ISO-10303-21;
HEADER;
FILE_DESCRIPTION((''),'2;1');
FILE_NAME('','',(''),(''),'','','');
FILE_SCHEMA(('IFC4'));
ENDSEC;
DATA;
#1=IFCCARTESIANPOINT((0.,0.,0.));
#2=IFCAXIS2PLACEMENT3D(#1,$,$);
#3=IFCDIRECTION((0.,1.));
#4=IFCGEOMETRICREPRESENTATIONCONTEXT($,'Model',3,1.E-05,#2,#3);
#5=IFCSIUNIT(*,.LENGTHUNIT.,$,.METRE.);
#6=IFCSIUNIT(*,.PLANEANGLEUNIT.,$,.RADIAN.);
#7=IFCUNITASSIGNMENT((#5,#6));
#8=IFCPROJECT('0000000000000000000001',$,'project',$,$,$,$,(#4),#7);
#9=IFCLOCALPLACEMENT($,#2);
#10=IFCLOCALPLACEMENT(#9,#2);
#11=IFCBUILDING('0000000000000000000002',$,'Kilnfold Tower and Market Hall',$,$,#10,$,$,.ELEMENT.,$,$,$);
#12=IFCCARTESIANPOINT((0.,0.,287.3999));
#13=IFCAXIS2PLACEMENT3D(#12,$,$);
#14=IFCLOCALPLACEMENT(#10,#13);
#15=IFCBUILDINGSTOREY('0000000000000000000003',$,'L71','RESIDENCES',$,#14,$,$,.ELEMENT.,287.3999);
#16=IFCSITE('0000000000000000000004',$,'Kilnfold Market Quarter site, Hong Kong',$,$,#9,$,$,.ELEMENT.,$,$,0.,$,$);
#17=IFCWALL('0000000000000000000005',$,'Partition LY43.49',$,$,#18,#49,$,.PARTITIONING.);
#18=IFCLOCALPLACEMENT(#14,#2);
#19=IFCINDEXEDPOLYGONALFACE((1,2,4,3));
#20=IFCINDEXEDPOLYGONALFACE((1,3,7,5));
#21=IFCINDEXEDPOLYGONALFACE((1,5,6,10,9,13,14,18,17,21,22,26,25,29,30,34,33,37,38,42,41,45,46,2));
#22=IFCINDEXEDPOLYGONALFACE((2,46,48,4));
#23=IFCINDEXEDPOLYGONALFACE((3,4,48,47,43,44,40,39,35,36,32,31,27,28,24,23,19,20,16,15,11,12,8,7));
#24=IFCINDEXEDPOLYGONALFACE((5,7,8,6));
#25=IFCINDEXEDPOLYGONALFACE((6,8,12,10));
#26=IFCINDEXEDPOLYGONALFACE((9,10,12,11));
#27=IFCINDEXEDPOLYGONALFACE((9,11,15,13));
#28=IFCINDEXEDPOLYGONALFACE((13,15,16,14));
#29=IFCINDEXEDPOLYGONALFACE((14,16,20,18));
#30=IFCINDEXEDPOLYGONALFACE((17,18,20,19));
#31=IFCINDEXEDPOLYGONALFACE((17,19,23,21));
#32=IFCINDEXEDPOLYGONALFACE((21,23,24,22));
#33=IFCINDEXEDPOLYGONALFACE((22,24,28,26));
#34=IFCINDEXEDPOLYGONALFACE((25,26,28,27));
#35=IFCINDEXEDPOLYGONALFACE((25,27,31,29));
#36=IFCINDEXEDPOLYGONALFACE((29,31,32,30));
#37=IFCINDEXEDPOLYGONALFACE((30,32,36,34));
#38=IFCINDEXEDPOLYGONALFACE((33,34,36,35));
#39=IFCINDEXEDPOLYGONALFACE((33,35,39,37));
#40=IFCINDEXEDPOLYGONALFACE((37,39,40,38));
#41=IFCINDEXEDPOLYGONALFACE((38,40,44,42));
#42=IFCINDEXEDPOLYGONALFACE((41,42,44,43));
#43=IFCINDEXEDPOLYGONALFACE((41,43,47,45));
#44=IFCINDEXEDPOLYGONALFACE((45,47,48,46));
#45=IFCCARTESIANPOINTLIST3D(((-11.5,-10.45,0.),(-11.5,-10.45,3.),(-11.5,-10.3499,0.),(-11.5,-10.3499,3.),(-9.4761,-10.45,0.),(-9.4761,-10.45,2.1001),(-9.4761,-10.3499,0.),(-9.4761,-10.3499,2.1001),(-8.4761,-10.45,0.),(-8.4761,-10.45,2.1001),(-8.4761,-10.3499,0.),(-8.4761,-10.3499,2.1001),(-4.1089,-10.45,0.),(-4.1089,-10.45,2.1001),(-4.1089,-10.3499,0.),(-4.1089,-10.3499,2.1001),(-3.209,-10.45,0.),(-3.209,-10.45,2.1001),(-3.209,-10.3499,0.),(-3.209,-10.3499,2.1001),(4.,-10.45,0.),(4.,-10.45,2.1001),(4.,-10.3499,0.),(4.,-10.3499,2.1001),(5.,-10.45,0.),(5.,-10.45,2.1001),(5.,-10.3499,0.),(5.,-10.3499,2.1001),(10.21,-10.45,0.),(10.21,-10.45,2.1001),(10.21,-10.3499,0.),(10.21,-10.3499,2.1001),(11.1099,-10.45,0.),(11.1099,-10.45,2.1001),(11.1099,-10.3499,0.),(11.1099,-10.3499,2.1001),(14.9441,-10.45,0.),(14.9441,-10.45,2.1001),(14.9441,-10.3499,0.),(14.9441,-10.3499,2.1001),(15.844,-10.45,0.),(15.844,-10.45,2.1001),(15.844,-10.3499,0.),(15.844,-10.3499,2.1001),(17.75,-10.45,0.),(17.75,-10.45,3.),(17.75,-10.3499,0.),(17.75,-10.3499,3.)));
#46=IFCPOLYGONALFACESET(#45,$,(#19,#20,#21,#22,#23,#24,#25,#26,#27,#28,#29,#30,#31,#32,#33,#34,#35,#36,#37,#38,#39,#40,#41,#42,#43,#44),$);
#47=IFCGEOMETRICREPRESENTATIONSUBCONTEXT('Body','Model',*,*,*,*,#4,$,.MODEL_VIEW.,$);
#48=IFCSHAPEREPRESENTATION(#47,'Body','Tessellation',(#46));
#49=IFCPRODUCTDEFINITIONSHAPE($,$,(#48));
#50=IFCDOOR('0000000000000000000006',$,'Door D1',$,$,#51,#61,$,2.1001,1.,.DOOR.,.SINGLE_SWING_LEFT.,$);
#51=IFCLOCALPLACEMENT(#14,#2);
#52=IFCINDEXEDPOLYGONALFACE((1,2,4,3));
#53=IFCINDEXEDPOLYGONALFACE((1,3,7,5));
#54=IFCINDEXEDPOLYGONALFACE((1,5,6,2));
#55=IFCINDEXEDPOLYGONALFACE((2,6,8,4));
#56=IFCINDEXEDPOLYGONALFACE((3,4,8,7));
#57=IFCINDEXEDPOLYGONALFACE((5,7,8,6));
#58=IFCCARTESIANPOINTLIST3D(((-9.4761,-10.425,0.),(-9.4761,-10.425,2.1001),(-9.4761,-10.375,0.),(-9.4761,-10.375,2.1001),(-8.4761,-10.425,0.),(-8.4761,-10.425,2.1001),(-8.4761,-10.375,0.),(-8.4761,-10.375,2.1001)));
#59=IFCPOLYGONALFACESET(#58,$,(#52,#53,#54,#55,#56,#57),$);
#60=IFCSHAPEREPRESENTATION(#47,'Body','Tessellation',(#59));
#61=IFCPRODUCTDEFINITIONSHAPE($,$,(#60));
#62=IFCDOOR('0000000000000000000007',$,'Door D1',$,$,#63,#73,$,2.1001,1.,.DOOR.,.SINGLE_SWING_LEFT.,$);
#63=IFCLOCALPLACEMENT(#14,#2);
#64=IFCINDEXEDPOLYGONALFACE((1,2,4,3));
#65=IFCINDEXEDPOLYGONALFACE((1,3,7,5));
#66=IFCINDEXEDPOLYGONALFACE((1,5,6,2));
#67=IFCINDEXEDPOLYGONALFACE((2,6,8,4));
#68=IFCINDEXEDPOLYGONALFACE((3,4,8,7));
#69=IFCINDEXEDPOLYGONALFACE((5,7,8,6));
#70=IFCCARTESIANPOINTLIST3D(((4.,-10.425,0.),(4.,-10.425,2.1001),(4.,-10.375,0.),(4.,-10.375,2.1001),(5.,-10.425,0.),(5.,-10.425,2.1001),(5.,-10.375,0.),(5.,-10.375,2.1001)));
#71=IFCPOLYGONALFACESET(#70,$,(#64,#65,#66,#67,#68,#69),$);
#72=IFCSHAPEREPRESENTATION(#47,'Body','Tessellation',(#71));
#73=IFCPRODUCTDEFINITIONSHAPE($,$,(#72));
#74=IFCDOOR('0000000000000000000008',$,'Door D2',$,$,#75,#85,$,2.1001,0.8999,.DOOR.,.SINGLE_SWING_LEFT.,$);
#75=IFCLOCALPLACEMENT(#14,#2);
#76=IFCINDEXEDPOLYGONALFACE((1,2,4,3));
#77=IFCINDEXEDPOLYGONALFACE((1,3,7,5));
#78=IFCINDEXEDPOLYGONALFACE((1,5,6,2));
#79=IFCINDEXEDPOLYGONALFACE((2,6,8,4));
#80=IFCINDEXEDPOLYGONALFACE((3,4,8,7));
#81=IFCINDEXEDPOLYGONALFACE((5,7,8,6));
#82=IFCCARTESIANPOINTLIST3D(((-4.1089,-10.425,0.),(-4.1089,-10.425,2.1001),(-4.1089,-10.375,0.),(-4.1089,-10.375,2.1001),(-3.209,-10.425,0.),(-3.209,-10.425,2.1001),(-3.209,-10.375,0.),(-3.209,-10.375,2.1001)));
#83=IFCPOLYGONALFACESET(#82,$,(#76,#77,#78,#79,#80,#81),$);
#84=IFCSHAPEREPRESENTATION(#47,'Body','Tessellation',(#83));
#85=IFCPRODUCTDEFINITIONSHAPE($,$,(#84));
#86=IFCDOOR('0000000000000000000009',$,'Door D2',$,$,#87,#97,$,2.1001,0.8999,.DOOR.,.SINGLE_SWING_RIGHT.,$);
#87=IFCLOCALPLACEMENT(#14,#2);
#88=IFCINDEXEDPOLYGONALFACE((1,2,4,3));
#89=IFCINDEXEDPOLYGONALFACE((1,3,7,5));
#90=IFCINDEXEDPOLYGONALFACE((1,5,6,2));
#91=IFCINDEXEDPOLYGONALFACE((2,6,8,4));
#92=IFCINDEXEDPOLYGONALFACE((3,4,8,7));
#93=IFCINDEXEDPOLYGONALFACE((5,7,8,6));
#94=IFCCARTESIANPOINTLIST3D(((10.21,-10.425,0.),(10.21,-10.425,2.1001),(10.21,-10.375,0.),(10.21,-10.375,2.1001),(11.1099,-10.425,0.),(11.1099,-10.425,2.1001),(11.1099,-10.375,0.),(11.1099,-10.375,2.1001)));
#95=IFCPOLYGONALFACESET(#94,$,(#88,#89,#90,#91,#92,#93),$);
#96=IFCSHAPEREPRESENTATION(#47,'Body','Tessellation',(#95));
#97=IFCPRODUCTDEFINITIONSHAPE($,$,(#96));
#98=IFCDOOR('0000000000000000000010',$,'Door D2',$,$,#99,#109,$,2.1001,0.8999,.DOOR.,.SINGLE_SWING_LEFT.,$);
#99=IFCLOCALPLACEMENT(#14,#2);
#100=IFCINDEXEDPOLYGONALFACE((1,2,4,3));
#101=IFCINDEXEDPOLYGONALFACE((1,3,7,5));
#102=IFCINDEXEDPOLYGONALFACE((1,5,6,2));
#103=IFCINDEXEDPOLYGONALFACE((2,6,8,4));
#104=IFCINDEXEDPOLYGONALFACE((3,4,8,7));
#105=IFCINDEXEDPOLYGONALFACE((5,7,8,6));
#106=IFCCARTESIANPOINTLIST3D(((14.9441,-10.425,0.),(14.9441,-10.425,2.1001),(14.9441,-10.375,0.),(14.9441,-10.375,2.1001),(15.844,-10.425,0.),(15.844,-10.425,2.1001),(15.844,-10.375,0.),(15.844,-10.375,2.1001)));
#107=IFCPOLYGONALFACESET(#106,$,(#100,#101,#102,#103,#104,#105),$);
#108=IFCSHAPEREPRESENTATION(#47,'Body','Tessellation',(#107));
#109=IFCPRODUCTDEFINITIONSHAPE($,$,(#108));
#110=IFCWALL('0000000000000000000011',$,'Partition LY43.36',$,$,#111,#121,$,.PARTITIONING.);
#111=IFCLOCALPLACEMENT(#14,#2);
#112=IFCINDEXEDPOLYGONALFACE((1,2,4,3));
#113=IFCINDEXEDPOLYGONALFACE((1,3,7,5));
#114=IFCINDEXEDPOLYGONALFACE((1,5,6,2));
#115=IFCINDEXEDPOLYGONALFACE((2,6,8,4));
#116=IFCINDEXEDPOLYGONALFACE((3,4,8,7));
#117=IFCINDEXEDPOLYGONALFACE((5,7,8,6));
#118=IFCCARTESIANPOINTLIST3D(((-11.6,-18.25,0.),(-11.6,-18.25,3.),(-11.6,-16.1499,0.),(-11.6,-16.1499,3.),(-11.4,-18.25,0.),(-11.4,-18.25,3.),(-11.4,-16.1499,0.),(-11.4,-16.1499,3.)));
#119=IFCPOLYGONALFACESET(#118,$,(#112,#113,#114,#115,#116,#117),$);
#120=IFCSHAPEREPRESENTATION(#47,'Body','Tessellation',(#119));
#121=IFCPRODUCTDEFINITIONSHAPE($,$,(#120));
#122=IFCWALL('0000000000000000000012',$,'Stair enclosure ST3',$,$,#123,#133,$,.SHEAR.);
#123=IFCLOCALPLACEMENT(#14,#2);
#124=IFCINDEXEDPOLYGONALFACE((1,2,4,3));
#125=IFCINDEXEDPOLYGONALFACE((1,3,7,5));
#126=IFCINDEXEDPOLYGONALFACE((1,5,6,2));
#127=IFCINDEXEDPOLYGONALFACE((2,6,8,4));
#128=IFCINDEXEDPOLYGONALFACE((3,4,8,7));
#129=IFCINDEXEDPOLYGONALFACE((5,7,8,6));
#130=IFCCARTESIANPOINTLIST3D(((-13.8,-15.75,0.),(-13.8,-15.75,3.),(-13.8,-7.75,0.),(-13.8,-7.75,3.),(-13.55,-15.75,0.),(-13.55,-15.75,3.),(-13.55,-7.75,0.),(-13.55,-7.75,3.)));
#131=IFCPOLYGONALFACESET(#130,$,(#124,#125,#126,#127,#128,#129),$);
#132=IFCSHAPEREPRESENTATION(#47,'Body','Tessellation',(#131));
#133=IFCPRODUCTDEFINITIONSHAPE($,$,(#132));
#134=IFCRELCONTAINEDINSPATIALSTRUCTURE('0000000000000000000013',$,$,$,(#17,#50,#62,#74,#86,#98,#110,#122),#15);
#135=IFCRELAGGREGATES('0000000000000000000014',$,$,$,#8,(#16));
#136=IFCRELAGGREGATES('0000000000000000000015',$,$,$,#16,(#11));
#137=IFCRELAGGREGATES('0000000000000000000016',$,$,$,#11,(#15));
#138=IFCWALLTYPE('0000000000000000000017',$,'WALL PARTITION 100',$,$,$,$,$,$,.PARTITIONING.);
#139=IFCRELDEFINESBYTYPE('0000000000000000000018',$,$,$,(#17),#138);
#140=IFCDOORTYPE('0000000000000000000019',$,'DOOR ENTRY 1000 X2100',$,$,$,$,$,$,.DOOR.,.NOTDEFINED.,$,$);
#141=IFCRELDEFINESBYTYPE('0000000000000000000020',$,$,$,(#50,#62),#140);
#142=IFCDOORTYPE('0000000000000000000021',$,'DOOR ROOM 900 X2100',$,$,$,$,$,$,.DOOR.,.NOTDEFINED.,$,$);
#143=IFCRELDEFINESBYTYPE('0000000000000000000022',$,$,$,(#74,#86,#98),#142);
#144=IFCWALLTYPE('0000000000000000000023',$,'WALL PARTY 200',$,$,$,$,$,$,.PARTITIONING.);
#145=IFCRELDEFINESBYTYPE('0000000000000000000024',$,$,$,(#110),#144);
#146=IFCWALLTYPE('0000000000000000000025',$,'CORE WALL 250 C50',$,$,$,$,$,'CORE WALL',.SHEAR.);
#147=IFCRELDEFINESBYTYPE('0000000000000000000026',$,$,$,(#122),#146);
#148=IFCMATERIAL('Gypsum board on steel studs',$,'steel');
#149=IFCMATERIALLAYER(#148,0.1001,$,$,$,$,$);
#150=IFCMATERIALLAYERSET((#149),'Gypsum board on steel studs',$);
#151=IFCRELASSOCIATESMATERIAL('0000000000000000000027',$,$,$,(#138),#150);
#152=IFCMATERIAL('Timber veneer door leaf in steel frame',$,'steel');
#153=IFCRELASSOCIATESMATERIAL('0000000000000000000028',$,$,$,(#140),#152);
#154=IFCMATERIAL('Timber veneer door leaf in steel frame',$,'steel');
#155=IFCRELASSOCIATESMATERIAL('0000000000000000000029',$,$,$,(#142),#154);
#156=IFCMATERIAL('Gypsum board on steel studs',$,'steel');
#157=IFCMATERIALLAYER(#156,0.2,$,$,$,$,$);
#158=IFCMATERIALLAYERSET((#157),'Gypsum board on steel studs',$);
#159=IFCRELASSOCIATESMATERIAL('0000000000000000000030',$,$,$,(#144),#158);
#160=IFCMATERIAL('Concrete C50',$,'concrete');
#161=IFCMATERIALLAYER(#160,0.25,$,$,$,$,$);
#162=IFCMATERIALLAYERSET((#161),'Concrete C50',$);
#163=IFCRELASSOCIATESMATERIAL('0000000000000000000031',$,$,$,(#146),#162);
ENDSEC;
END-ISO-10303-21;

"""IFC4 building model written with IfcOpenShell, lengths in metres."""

from ifc_helpers import new_model, si_unit, direction, frame, frame_2d, origin, place, context, subcontext, project, spatial, rectangle, extrude, source, transform, mapped, material, layer, layer_set, type_object, element, fill, save


model = new_model("IFC4")

# Units and contexts
model_context = context("Model", 3, precision=1e-05, world=origin(), true_north=direction((0.0, 1.0)))
body_context = subcontext(model_context, "Body", "Model", "MODEL_VIEW")
ifc_project = project(units=[si_unit("LENGTHUNIT", "METRE"), si_unit("PLANEANGLEUNIT", "RADIAN")], contexts=[model_context])

# Site, building, storey
site_placement = place(None, origin())
site = spatial("IfcSite", under=ifc_project, at=site_placement, Name="Kilnfold Market Quarter site, Hong Kong", CompositionType="ELEMENT", RefElevation=0.0)
building_placement = place(site_placement, origin())
building = spatial("IfcBuilding", under=site, at=building_placement, Name="Kilnfold Tower and Market Hall", CompositionType="ELEMENT")
storey_placement = place(building_placement, frame((0.0, 0.0, 287.3999)))
storey = spatial("IfcBuildingStorey", under=building, at=storey_placement, Name="L71", Description="RESIDENCES", CompositionType="ELEMENT", Elevation=287.3999)

# Shared definitions
ifc_material_1 = material(Name="Gypsum board on steel studs", Category="steel")
ifc_layer_1 = layer(ifc_material_1, 0.1001)
ifc_layer_set_1 = layer_set([ifc_layer_1], Name="Gypsum board on steel studs")
wall_type_1 = type_object("IfcWallType", Name="WALL PARTITION 100", PredefinedType="PARTITIONING", material=ifc_layer_set_1)
ifc_material_2 = material(Name="Timber veneer door leaf in steel frame", Category="steel")
door_type_1 = type_object("IfcDoorType", Name="DOOR ENTRY 1000 X2100", OperationType="NOTDEFINED", PredefinedType="DOOR", material=ifc_material_2)

# Wall, openings, doors
wall_1_placement = place(storey_placement, frame((-11.5, -10.3999, 0.0), z_axis=(0.0, 0.0, 1.0), x_axis=(1.0, 0.0, 0.0)))
wall_1 = element("IfcWall", 1, at=wall_1_placement, inside=storey, type_object=wall_type_1, Name="Partition LY43.49", PredefinedType="PARTITIONING", context=body_context, shape_type="SweptSolid", body=[
    extrude(rectangle(XDim=29.25, YDim=0.1001, at=frame_2d((14.625, 0.0))), origin(), (0.0, 0.0, 1.0), 3.0),
])
opening_1_placement = place(wall_1_placement, frame((2.0239, 0.0, 0.0)))
opening_1 = element("IfcOpeningElement", 2, at=opening_1_placement, cuts=wall_1, PredefinedType="OPENING", context=body_context, shape_type="SweptSolid", body=[
    extrude(rectangle(XDim=1.0, YDim=2.1001, at=frame_2d((0.5, 1.05))), frame((0.0, 0.0601, 0.0), z_axis=(0.0, -1.0, 0.0), x_axis=(1.0, 0.0, 0.0)), (0.0, 0.0, 1.0), 0.1201),
])
opening_2_placement = place(wall_1_placement, frame((7.3911, 0.0, 0.0)))
opening_2 = element("IfcOpeningElement", 3, at=opening_2_placement, cuts=wall_1, PredefinedType="OPENING", context=body_context, shape_type="SweptSolid", body=[
    extrude(rectangle(XDim=0.8999, YDim=2.1001, at=frame_2d((0.45, 1.05))), frame((0.0, 0.0601, 0.0), z_axis=(0.0, -1.0, 0.0), x_axis=(1.0, 0.0, 0.0)), (0.0, 0.0, 1.0), 0.1201),
])
opening_3_placement = place(wall_1_placement, frame((15.5, 0.0, 0.0)))
opening_3 = element("IfcOpeningElement", 4, at=opening_3_placement, cuts=wall_1, PredefinedType="OPENING", context=body_context, shape_type="SweptSolid", body=[
    extrude(rectangle(XDim=1.0, YDim=2.1001, at=frame_2d((0.5, 1.05))), frame((0.0, 0.0601, 0.0), z_axis=(0.0, -1.0, 0.0), x_axis=(1.0, 0.0, 0.0)), (0.0, 0.0, 1.0), 0.1201),
])
opening_4_placement = place(wall_1_placement, frame((21.71, 0.0, 0.0)))
opening_4 = element("IfcOpeningElement", 5, at=opening_4_placement, cuts=wall_1, PredefinedType="OPENING", context=body_context, shape_type="SweptSolid", body=[
    extrude(rectangle(XDim=0.8999, YDim=2.1001, at=frame_2d((0.45, 1.05))), frame((0.0, 0.0601, 0.0), z_axis=(0.0, -1.0, 0.0), x_axis=(1.0, 0.0, 0.0)), (0.0, 0.0, 1.0), 0.1201),
])
opening_5_placement = place(wall_1_placement, frame((26.4441, 0.0, 0.0)))
opening_5 = element("IfcOpeningElement", 6, at=opening_5_placement, cuts=wall_1, PredefinedType="OPENING", context=body_context, shape_type="SweptSolid", body=[
    extrude(rectangle(XDim=0.8999, YDim=2.1001, at=frame_2d((0.45, 1.05))), frame((0.0, 0.0601, 0.0), z_axis=(0.0, -1.0, 0.0), x_axis=(1.0, 0.0, 0.0)), (0.0, 0.0, 1.0), 0.1201),
])
door_1_placement = place(opening_1_placement, origin())
door_1 = element("IfcDoor", 7, at=door_1_placement, inside=storey, type_object=door_type_1, Name="Door D1", OperationType="SINGLE_SWING_LEFT", OverallHeight=2.1001, OverallWidth=1.0, PredefinedType="DOOR", context=body_context, shape_type="SweptSolid", body=[
    extrude(rectangle(XDim=1.0, YDim=2.1001, at=frame_2d((0.5, 1.05))), frame((0.0, 0.0249, 0.0), z_axis=(0.0, -1.0, 0.0), x_axis=(1.0, 0.0, 0.0)), (0.0, 0.0, 1.0), 0.05),
])
fill(opening_1, door_1)
door_2_placement = place(opening_3_placement, origin())
door_2 = element("IfcDoor", 8, at=door_2_placement, inside=storey, type_object=door_type_1, Name="Door D1", OperationType="SINGLE_SWING_LEFT", OverallHeight=2.1001, OverallWidth=1.0, PredefinedType="DOOR", context=body_context, shape_type="SweptSolid", body=[
    extrude(rectangle(XDim=1.0, YDim=2.1001, at=frame_2d((0.5, 1.05))), frame((0.0, 0.0249, 0.0), z_axis=(0.0, -1.0, 0.0), x_axis=(1.0, 0.0, 0.0)), (0.0, 0.0, 1.0), 0.05),
])
fill(opening_3, door_2)
ifc_material_3 = material(Name="Timber veneer door leaf in steel frame", Category="steel")
door_type_2 = type_object("IfcDoorType", Name="DOOR ROOM 900 X2100", OperationType="NOTDEFINED", PredefinedType="DOOR", material=ifc_material_3)
door_3_placement = place(opening_2_placement, origin())
door_3 = element("IfcDoor", 9, at=door_3_placement, inside=storey, type_object=door_type_2, Name="Door D2", OperationType="SINGLE_SWING_LEFT", OverallHeight=2.1001, OverallWidth=0.8999, PredefinedType="DOOR", context=body_context, shape_type="SweptSolid", body=[
    extrude(rectangle(XDim=0.8999, YDim=2.1001, at=frame_2d((0.45, 1.05))), frame((0.0, 0.0249, 0.0), z_axis=(0.0, -1.0, 0.0), x_axis=(1.0, 0.0, 0.0)), (0.0, 0.0, 1.0), 0.05),
])
fill(opening_2, door_3)
door_4_placement = place(opening_4_placement, origin())
door_4 = element("IfcDoor", 10, at=door_4_placement, inside=storey, type_object=door_type_2, Name="Door D2", OperationType="SINGLE_SWING_RIGHT", OverallHeight=2.1001, OverallWidth=0.8999, PredefinedType="DOOR", context=body_context, shape_type="SweptSolid", body=[
    extrude(rectangle(XDim=0.8999, YDim=2.1001, at=frame_2d((0.45, 1.05))), frame((0.0, 0.0249, 0.0), z_axis=(0.0, -1.0, 0.0), x_axis=(1.0, 0.0, 0.0)), (0.0, 0.0, 1.0), 0.05),
])
fill(opening_4, door_4)
door_5_placement = place(opening_5_placement, origin())
door_5 = element("IfcDoor", 11, at=door_5_placement, inside=storey, type_object=door_type_2, Name="Door D2", OperationType="SINGLE_SWING_LEFT", OverallHeight=2.1001, OverallWidth=0.8999, PredefinedType="DOOR", context=body_context, shape_type="SweptSolid", body=[
    extrude(rectangle(XDim=0.8999, YDim=2.1001, at=frame_2d((0.45, 1.05))), frame((0.0, 0.0249, 0.0), z_axis=(0.0, -1.0, 0.0), x_axis=(1.0, 0.0, 0.0)), (0.0, 0.0, 1.0), 0.05),
])
fill(opening_5, door_5)

# Walls
ifc_material_4 = material(Name="Gypsum board on steel studs", Category="steel")
ifc_layer_2 = layer(ifc_material_4, 0.2)
ifc_layer_set_2 = layer_set([ifc_layer_2], Name="Gypsum board on steel studs")
wall_type_2 = type_object("IfcWallType", Name="WALL PARTY 200", PredefinedType="PARTITIONING", material=ifc_layer_set_2)
wall_2_placement = place(storey_placement, frame((-11.5, -18.25, 0.0), z_axis=(0.0, 0.0, 1.0), x_axis=(0.0, 1.0, 0.0)))
element("IfcWall", 12, at=wall_2_placement, inside=storey, type_object=wall_type_2, Name="Partition LY43.36", PredefinedType="PARTITIONING", context=body_context, shape_type="SweptSolid", body=[
    extrude(rectangle(XDim=2.1001, YDim=0.2, at=frame_2d((1.05, 0.0))), origin(), (0.0, 0.0, 1.0), 3.0),
])
ifc_material_5 = material(Name="Concrete C50", Category="concrete")
ifc_layer_3 = layer(ifc_material_5, 0.25)
ifc_layer_set_3 = layer_set([ifc_layer_3], Name="Concrete C50")
wall_type_3 = type_object("IfcWallType", Name="CORE WALL 250 C50", ElementType="CORE WALL", PredefinedType="SHEAR", material=ifc_layer_set_3)
shared_shape_1 = source(origin(), body_context, "Body", "SweptSolid", [
    extrude(rectangle(XDim=8.0, YDim=0.25, at=frame_2d((4.0, 0.0))), origin(), (0.0, 0.0, 1.0), 3.0),
])
wall_3_placement = place(storey_placement, frame((-13.675, -15.75, 0.0), z_axis=(0.0, 0.0, 1.0), x_axis=(0.0, 1.0, 0.0)))
element("IfcWall", 13, at=wall_3_placement, inside=storey, type_object=wall_type_3, Name="Stair enclosure ST3", PredefinedType="SHEAR", context=body_context, shape_type="MappedRepresentation", body=[
    mapped(shared_shape_1, transform((0.0, 0.0, 0.0))),
])

save(model, "model.ifc")
